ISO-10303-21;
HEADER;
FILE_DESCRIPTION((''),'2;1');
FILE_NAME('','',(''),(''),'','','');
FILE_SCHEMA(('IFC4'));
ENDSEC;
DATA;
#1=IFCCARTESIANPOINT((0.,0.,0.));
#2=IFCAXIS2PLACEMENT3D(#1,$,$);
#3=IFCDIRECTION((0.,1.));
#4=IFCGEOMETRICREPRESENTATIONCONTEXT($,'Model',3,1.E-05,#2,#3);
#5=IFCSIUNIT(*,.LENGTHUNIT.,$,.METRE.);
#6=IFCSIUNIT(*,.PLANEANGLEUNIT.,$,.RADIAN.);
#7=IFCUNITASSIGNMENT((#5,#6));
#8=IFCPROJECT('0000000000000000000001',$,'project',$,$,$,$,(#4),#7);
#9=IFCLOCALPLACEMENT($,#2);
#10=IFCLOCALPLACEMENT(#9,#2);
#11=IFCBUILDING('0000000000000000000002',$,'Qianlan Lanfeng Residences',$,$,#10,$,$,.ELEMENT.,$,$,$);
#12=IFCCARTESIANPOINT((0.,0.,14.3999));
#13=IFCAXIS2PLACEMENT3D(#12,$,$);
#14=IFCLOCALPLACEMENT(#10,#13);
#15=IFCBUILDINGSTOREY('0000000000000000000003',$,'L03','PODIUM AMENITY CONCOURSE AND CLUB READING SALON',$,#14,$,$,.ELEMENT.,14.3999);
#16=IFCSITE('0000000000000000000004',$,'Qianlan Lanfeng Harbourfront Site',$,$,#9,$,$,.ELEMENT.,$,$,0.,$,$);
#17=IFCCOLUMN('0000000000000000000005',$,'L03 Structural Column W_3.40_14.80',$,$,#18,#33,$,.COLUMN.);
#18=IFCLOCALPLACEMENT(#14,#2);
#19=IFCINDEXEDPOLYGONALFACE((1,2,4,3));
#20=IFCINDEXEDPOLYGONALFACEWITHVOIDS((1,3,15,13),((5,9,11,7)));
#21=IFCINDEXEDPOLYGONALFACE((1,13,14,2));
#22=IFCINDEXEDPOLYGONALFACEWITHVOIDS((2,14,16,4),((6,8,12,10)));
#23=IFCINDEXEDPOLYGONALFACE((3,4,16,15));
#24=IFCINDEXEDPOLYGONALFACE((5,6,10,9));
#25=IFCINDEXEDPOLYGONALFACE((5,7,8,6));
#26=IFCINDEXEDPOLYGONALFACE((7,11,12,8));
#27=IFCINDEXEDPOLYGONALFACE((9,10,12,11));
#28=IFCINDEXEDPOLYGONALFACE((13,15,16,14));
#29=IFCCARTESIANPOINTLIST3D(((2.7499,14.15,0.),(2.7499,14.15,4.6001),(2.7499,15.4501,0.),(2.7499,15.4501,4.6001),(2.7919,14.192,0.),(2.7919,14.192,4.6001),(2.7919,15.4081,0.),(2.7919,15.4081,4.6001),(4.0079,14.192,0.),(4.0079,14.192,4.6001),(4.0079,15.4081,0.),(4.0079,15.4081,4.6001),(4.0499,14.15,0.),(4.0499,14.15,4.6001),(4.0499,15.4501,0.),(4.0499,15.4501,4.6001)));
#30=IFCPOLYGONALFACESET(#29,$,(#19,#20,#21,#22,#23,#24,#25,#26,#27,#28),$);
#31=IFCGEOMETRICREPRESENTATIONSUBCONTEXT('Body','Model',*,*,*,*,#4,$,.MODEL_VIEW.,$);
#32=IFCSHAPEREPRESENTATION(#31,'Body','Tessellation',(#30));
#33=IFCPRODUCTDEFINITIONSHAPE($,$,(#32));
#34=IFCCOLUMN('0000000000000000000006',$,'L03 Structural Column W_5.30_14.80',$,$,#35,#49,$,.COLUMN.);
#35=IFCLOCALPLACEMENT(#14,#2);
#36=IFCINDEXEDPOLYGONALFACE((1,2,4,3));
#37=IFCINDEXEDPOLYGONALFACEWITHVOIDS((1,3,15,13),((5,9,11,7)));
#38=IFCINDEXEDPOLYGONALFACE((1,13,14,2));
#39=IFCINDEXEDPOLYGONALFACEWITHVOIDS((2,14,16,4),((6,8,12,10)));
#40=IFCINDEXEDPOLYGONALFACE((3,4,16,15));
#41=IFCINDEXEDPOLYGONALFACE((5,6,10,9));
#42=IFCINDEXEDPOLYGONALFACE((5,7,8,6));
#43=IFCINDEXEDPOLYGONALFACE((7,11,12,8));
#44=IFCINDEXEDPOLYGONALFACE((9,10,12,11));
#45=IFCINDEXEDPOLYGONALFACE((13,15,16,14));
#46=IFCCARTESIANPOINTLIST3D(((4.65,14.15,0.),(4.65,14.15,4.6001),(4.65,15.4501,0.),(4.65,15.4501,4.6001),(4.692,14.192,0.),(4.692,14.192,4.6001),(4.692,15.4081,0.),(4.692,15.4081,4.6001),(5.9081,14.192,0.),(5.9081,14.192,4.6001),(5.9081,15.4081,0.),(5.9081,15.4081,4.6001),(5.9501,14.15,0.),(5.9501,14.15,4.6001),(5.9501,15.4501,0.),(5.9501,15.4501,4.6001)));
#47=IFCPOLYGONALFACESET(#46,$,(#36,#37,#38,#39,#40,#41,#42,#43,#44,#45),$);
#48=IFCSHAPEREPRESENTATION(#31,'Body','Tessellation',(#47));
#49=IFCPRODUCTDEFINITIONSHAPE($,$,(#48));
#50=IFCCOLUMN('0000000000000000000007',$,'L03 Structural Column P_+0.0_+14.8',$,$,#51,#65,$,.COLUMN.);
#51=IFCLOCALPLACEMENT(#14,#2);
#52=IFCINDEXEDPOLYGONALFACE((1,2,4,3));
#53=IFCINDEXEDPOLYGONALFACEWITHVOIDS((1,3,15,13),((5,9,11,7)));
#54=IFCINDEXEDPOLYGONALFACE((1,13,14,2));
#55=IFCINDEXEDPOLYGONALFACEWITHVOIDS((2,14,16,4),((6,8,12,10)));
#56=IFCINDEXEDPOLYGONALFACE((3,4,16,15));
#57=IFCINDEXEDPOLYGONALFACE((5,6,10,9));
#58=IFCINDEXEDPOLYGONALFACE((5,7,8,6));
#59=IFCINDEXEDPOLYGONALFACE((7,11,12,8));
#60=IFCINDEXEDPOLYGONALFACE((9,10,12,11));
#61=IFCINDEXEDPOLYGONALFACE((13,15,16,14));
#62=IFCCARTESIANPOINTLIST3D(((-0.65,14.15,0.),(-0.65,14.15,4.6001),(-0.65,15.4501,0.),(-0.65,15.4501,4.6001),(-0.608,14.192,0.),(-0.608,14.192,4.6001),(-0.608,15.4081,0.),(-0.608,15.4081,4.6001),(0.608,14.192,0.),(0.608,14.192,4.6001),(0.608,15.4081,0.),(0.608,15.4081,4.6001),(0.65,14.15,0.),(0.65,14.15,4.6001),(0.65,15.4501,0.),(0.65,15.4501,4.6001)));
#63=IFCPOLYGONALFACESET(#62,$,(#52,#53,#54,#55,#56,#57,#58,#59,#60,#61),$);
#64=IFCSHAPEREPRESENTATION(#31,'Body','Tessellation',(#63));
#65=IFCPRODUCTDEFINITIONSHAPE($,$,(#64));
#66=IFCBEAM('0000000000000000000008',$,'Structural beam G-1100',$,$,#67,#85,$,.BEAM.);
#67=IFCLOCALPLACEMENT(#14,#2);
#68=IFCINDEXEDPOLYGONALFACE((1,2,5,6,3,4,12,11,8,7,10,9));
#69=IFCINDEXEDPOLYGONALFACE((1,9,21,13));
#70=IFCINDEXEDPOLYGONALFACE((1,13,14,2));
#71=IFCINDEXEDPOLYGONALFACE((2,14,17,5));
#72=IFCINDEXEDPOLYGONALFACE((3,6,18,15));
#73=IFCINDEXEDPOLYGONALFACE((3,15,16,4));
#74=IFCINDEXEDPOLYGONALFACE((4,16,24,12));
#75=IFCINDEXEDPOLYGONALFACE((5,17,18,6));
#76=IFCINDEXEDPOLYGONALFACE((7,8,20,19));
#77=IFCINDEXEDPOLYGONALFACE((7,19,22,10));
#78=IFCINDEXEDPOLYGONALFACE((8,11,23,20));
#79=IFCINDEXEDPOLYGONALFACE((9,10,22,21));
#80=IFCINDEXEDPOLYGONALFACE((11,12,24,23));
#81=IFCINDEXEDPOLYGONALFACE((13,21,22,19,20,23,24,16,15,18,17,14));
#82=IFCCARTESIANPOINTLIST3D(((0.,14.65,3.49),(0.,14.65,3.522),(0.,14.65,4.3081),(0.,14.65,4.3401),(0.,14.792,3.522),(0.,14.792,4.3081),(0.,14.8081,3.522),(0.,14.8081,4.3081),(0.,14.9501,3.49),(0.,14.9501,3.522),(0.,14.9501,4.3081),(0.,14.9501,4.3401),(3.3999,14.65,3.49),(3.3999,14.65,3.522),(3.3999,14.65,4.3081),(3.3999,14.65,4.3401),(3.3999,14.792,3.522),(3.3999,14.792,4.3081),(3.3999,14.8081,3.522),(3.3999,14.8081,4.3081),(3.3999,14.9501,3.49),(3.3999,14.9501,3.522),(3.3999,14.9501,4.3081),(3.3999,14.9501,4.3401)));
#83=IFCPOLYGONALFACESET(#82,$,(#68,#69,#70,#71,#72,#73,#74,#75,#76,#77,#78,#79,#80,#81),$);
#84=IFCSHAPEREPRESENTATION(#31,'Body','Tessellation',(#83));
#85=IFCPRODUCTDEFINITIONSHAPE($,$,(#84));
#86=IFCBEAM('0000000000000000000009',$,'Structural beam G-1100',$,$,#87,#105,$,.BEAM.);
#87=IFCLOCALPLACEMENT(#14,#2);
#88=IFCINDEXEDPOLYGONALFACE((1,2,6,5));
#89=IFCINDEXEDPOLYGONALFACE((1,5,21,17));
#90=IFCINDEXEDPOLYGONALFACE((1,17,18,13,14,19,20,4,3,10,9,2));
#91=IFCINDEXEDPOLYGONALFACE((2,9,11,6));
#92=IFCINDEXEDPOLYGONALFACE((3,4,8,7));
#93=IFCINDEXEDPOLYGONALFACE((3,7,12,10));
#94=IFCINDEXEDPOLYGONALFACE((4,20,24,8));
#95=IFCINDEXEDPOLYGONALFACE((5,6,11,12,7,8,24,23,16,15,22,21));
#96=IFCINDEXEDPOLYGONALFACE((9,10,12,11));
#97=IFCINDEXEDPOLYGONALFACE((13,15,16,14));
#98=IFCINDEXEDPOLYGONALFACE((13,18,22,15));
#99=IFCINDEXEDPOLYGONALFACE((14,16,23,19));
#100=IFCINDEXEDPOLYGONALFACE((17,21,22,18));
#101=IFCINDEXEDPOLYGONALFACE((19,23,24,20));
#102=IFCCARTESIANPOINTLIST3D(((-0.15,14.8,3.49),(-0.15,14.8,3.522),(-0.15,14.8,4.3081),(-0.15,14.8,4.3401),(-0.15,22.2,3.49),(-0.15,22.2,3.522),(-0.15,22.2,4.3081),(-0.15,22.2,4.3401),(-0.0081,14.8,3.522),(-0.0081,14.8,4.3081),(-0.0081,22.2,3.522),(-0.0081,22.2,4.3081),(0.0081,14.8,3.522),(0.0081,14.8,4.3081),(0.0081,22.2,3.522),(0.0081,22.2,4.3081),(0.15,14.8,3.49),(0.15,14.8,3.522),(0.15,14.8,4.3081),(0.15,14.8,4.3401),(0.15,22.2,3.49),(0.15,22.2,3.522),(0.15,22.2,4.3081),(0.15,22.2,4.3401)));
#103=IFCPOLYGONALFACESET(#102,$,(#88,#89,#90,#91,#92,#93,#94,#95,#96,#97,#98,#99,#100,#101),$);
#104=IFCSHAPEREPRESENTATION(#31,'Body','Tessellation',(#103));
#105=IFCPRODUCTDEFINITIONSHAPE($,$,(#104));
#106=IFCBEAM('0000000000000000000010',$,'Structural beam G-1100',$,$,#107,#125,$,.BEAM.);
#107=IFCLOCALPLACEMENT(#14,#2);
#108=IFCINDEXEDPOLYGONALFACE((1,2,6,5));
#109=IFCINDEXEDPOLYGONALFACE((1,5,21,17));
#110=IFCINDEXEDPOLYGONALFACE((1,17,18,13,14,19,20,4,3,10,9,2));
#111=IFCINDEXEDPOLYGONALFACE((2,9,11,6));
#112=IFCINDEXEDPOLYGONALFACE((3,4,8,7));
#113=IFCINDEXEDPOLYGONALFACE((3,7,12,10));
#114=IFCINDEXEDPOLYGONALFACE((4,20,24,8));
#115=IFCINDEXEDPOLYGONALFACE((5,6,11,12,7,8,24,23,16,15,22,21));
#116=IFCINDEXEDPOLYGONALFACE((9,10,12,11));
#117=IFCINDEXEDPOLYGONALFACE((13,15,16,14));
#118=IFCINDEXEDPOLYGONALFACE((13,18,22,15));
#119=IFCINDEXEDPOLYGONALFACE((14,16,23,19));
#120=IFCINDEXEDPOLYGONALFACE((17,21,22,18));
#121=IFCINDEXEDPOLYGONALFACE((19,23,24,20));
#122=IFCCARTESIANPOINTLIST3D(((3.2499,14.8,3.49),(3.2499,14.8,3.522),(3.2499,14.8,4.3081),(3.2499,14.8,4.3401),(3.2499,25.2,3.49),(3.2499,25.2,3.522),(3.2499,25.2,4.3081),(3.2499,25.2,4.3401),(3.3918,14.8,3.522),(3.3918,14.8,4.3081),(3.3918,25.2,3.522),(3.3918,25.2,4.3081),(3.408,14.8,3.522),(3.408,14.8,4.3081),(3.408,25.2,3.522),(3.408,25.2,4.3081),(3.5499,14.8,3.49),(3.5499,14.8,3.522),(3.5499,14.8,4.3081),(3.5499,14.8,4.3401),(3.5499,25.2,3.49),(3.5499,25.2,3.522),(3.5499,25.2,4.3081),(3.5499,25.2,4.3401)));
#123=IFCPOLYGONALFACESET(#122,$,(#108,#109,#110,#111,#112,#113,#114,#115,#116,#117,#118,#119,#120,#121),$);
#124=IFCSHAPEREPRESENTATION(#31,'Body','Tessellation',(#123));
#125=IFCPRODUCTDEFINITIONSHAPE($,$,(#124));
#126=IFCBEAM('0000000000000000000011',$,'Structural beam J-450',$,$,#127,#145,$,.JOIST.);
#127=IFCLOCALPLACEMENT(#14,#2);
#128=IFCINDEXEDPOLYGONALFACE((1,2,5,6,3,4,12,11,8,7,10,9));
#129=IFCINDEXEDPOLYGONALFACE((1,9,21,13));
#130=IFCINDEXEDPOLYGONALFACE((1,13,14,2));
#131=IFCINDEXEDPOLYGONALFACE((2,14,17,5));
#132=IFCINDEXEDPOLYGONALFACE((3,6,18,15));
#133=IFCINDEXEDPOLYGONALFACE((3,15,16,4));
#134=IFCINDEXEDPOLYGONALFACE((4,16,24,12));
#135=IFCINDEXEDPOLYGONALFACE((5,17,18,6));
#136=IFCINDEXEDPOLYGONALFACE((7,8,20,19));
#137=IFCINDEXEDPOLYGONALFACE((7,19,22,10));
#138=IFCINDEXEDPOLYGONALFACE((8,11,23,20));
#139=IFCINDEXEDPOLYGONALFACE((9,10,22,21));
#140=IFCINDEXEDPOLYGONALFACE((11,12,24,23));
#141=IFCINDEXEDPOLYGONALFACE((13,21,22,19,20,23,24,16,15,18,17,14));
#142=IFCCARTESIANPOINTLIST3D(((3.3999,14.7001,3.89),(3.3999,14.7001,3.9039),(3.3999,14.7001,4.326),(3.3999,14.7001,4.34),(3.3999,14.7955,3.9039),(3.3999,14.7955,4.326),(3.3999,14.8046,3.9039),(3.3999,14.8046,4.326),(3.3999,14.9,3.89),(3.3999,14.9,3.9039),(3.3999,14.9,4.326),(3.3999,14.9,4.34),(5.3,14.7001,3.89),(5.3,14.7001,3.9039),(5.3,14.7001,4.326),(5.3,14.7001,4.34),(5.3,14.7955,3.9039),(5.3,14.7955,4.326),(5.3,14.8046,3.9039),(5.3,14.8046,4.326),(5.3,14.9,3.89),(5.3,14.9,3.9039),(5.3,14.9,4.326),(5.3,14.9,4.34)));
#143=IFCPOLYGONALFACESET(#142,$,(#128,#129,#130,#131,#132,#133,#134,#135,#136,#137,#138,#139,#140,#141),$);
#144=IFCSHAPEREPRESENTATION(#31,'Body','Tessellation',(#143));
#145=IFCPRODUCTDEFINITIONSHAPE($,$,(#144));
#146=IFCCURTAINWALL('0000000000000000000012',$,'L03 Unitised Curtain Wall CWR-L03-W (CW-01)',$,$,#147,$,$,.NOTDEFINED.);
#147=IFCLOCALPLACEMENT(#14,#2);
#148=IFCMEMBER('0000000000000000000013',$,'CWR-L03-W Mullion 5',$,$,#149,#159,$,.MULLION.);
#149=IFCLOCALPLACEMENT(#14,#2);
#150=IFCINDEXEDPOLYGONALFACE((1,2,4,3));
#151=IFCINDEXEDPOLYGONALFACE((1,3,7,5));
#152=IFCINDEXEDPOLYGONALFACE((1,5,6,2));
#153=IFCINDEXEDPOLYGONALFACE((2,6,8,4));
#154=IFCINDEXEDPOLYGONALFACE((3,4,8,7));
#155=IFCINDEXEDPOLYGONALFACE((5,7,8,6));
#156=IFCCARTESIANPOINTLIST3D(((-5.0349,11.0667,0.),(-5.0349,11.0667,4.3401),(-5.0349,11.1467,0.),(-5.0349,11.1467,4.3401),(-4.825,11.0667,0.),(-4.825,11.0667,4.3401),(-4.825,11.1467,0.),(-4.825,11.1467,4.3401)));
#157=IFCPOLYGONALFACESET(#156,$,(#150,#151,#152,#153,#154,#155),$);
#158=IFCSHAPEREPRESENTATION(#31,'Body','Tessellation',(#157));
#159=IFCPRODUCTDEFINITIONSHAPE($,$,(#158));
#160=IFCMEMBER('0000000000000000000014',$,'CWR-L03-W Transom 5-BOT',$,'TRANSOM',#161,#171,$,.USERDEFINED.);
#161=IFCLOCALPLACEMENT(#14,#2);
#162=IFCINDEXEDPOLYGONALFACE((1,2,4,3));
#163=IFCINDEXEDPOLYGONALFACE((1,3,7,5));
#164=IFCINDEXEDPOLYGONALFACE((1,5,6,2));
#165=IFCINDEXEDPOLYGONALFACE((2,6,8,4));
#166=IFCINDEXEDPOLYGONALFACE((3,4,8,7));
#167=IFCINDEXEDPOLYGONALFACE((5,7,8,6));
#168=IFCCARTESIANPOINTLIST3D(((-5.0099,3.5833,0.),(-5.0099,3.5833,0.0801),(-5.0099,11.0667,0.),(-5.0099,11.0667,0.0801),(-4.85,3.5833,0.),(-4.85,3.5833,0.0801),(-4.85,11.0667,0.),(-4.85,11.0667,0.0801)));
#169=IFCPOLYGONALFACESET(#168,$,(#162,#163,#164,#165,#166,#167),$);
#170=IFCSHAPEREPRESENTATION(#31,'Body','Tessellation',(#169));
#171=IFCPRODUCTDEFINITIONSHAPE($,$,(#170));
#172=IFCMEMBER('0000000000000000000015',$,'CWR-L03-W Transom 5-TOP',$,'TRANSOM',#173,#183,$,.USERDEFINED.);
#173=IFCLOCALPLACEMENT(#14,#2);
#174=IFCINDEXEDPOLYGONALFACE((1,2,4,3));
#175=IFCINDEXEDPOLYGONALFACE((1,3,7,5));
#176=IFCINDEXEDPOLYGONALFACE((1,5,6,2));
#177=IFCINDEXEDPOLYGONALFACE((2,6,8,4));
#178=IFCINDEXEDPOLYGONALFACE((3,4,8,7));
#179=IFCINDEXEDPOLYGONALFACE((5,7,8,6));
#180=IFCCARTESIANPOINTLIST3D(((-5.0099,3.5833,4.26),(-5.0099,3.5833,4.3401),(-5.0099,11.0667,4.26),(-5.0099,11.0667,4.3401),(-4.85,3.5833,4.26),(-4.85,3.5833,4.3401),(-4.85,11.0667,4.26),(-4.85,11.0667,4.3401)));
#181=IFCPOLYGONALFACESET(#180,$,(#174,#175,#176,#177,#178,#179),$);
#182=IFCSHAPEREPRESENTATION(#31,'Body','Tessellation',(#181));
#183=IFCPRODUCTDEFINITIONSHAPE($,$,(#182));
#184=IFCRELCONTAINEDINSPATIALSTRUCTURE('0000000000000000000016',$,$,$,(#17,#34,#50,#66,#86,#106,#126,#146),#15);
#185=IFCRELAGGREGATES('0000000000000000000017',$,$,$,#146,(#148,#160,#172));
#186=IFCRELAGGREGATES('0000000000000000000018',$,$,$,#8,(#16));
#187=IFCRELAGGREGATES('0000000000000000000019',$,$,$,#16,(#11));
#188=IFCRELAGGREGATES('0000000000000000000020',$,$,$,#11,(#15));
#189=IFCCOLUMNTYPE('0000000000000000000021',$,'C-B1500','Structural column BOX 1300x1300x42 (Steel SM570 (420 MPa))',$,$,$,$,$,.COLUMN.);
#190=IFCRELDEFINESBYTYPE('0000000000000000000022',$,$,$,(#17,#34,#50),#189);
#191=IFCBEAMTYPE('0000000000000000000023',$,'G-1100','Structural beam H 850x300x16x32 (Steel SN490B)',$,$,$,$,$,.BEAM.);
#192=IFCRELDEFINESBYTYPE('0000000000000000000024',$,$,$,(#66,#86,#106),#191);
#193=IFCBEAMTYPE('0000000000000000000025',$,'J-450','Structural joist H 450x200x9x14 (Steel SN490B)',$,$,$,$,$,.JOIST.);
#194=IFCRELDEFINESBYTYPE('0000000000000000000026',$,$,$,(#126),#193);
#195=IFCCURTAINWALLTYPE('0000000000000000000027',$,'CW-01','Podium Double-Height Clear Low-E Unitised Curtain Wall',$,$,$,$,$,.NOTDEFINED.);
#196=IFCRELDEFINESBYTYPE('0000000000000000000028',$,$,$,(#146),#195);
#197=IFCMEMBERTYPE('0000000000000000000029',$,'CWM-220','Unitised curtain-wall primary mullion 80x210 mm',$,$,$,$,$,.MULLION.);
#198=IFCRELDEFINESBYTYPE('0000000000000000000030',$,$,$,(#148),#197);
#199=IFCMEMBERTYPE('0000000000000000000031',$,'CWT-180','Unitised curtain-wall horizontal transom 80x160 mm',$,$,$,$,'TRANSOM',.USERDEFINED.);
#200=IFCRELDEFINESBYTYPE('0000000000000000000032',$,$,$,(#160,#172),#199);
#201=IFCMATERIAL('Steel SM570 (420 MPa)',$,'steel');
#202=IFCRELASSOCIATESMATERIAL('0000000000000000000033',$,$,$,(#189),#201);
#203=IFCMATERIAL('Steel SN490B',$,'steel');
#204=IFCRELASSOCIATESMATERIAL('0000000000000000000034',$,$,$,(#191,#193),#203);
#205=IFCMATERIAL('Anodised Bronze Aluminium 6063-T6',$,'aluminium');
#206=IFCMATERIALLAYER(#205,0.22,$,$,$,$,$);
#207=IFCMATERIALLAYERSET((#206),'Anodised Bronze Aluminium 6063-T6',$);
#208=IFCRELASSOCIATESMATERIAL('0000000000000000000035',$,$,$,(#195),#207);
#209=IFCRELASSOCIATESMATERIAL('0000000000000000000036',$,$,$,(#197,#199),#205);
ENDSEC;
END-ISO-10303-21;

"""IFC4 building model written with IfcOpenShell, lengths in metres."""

from ifc_helpers import new_model, si_unit, direction, frame, origin, origin_2d, place, context, subcontext, project, spatial, rectangle, hollow_rectangle, i_section, extrude, source, transform, mapped, material, layer, layer_set, material_profile, profile_set, type_object, element, aggregate, save


model = new_model("IFC4")

# Units and contexts
model_context = context("Model", 3, precision=1e-05, world=origin(), true_north=direction((0.0, 1.0)))
body_context = subcontext(model_context, "Body", "Model", "MODEL_VIEW")
ifc_project = project(units=[si_unit("LENGTHUNIT", "METRE"), si_unit("PLANEANGLEUNIT", "RADIAN")], contexts=[model_context])

# Site, building, storey
site_placement = place(None, origin())
site = spatial("IfcSite", under=ifc_project, at=site_placement, Name="Qianlan Lanfeng Harbourfront Site", CompositionType="ELEMENT", RefElevation=0.0)
building_placement = place(site_placement, origin())
building = spatial("IfcBuilding", under=site, at=building_placement, Name="Qianlan Lanfeng Residences", CompositionType="ELEMENT")
storey_placement = place(building_placement, frame((0.0, 0.0, 14.3999)))
storey = spatial("IfcBuildingStorey", under=building, at=storey_placement, Name="L03", Description="PODIUM AMENITY CONCOURSE AND CLUB READING SALON", CompositionType="ELEMENT", Elevation=14.3999)

# Columns
ifc_material_1 = material(Name="Steel SM570 (420 MPa)", Category="steel")
ifc_material_profile_1 = material_profile(ifc_material_1, hollow_rectangle(XDim=1.3, YDim=1.3, WallThickness=0.042, at=origin_2d()), Name="BOX 1300x1300x42")
ifc_profile_set_1 = profile_set([ifc_material_profile_1], Name="Steel SM570 (420 MPa)")
column_type = type_object("IfcColumnType", Name="C-B1500", Description="Structural column BOX 1300x1300x42 (Steel SM570 (420 MPa))", PredefinedType="COLUMN", material=ifc_profile_set_1)
for number, where, z_axis, x_axis, name in (
    (1, (3.3999, 14.8, 0.0), (0.0, 0.0, 1.0), (1.0, 0.0, 0.0), "L03 Structural Column W_3.40_14.80"),
    (2, (5.3, 14.8, 0.0), (0.0, 0.0, 1.0), (1.0, 0.0, 0.0), "L03 Structural Column W_5.30_14.80"),
    (3, (0.0, 14.8, 0.0), (0.0, 0.0, 1.0), (1.0, 0.0, 0.0), "L03 Structural Column P_+0.0_+14.8"),
):
    element("IfcColumn", number, at=place(storey_placement, frame(where, z_axis=z_axis, x_axis=x_axis)), inside=storey, type_object=column_type, Name=name, PredefinedType="COLUMN", context=body_context, shape_type="SweptSolid", body=[
        extrude(hollow_rectangle(XDim=1.3, YDim=1.3, WallThickness=0.042, at=origin_2d()), origin(), (0.0, 0.0, 1.0), 4.6001),
    ])

# Beams
ifc_material_2 = material(Name="Steel SN490B", Category="steel")
ifc_material_profile_2 = material_profile(ifc_material_2, i_section(OverallWidth=0.3, OverallDepth=0.8501, WebThickness=0.0161, FlangeThickness=0.032, at=origin_2d()), Name="H 850x300x16x32")
ifc_profile_set_2 = profile_set([ifc_material_profile_2], Name="Steel SN490B")
beam_type_1 = type_object("IfcBeamType", Name="G-1100", Description="Structural beam H 850x300x16x32 (Steel SN490B)", PredefinedType="BEAM", material=ifc_profile_set_2)
beam_1_placement = place(storey_placement, frame((0.0, 14.8, 3.915), z_axis=(1.0, 0.0, 0.0), x_axis=(0.0, 1.0, 0.0)))
element("IfcBeam", 4, at=beam_1_placement, inside=storey, type_object=beam_type_1, Name="Structural beam G-1100", PredefinedType="BEAM", context=body_context, shape_type="SweptSolid", body=[
    extrude(i_section(OverallWidth=0.3, OverallDepth=0.8501, WebThickness=0.0161, FlangeThickness=0.032, at=origin_2d()), origin(), (0.0, 0.0, 1.0), 3.3999),
])
beam_2_placement = place(storey_placement, frame((0.0, 14.8, 3.915), z_axis=(0.0, 1.0, 0.0), x_axis=(-1.0, 0.0, 0.0)))
element("IfcBeam", 5, at=beam_2_placement, inside=storey, type_object=beam_type_1, Name="Structural beam G-1100", PredefinedType="BEAM", context=body_context, shape_type="SweptSolid", body=[
    extrude(i_section(OverallWidth=0.3, OverallDepth=0.8501, WebThickness=0.0161, FlangeThickness=0.032, at=origin_2d()), origin(), (0.0, 0.0, 1.0), 7.3999),
])
beam_3_placement = place(storey_placement, frame((3.3999, 14.8, 3.915), z_axis=(0.0, 1.0, 0.0), x_axis=(-1.0, 0.0, 0.0)))
element("IfcBeam", 6, at=beam_3_placement, inside=storey, type_object=beam_type_1, Name="Structural beam G-1100", PredefinedType="BEAM", context=body_context, shape_type="SweptSolid", body=[
    extrude(i_section(OverallWidth=0.3, OverallDepth=0.8501, WebThickness=0.0161, FlangeThickness=0.032, at=origin_2d()), origin(), (0.0, 0.0, 1.0), 10.3999),
])
ifc_material_profile_3 = material_profile(ifc_material_2, i_section(OverallWidth=0.2, OverallDepth=0.45, WebThickness=0.009, FlangeThickness=0.0139, at=origin_2d()), Name="H 450x200x9x14")
ifc_profile_set_3 = profile_set([ifc_material_profile_3], Name="Steel SN490B")
beam_type_2 = type_object("IfcBeamType", Name="J-450", Description="Structural joist H 450x200x9x14 (Steel SN490B)", PredefinedType="JOIST", material=ifc_profile_set_3)
beam_4_placement = place(storey_placement, frame((3.3999, 14.8, 4.115), z_axis=(1.0, 0.0, 0.0), x_axis=(0.0, 1.0, 0.0)))
element("IfcBeam", 7, at=beam_4_placement, inside=storey, type_object=beam_type_2, Name="Structural beam J-450", PredefinedType="JOIST", context=body_context, shape_type="SweptSolid", body=[
    extrude(i_section(OverallWidth=0.2, OverallDepth=0.45, WebThickness=0.009, FlangeThickness=0.0139, at=origin_2d()), origin(), (0.0, 0.0, 1.0), 1.9001),
])

# Curtain wall, members
ifc_material_3 = material(Name="Anodised Bronze Aluminium 6063-T6", Category="aluminium")
ifc_layer_1 = layer(ifc_material_3, 0.22)
ifc_layer_set_1 = layer_set([ifc_layer_1], Name="Anodised Bronze Aluminium 6063-T6")
curtain_wall_type = type_object("IfcCurtainWallType", Name="CW-01", Description="Podium Double-Height Clear Low-E Unitised Curtain Wall", PredefinedType="NOTDEFINED", material=ifc_layer_set_1)
curtain_wall_placement = place(storey_placement, origin())
curtain_wall = element("IfcCurtainWall", 8, at=curtain_wall_placement, inside=storey, type_object=curtain_wall_type, Name="L03 Unitised Curtain Wall CWR-L03-W (CW-01)", PredefinedType="NOTDEFINED")
ifc_material_profile_4 = material_profile(ifc_material_3, rectangle(XDim=0.0801, YDim=0.21, at=origin_2d()), Name="ALU MULLION 80x210")
ifc_profile_set_4 = profile_set([ifc_material_profile_4], Name="Anodised Bronze Aluminium 6063-T6")
member_type_1 = type_object("IfcMemberType", Name="CWM-220", Description="Unitised curtain-wall primary mullion 80x210 mm", PredefinedType="MULLION", material=ifc_profile_set_4)
shared_shape_1 = source(origin(), body_context, "Body", "SweptSolid", [
    extrude(rectangle(XDim=0.0801, YDim=0.21, at=origin_2d()), origin(), (0.0, 0.0, 1.0), 4.3401),
])
member_1_placement = place(storey_placement, frame((-4.9299, 11.1067, 0.0), z_axis=(0.0, 0.0, 1.0), x_axis=(0.0, -1.0, 0.0)))
member_1 = element("IfcMember", 9, at=member_1_placement, type_object=member_type_1, Name="CWR-L03-W Mullion 5", PredefinedType="MULLION", context=body_context, shape_type="MappedRepresentation", body=[
    mapped(shared_shape_1, transform((0.0, 0.0, 0.0), scale=1.0)),
])
ifc_material_profile_5 = material_profile(ifc_material_3, rectangle(XDim=0.0801, YDim=0.1599, at=origin_2d()), Name="ALU TRANSOM 80x160")
ifc_profile_set_5 = profile_set([ifc_material_profile_5], Name="Anodised Bronze Aluminium 6063-T6")
member_type_2 = type_object("IfcMemberType", Name="CWT-180", Description="Unitised curtain-wall horizontal transom 80x160 mm", ElementType="TRANSOM", PredefinedType="USERDEFINED", material=ifc_profile_set_5)
shared_shape_2 = source(origin(), body_context, "Body", "SweptSolid", [
    extrude(rectangle(XDim=0.0801, YDim=0.1599, at=origin_2d()), origin(), (0.0, 0.0, 1.0), 7.4834),
])
member_2_placement = place(storey_placement, frame((-4.9299, 11.0667, 0.04), z_axis=(0.0, -1.0, 0.0), x_axis=(0.0, 0.0, 1.0)))
member_2 = element("IfcMember", 10, at=member_2_placement, type_object=member_type_2, Name="CWR-L03-W Transom 5-BOT", ObjectType="TRANSOM", PredefinedType="USERDEFINED", context=body_context, shape_type="MappedRepresentation", body=[
    mapped(shared_shape_2, transform((0.0, 0.0, 0.0), scale=1.0)),
])
member_3_placement = place(storey_placement, frame((-4.9299, 11.0667, 4.3), z_axis=(0.0, -1.0, 0.0), x_axis=(0.0, 0.0, 1.0)))
member_3 = element("IfcMember", 11, at=member_3_placement, type_object=member_type_2, Name="CWR-L03-W Transom 5-TOP", ObjectType="TRANSOM", PredefinedType="USERDEFINED", context=body_context, shape_type="MappedRepresentation", body=[
    mapped(shared_shape_2, transform((0.0, 0.0, 0.0), scale=1.0)),
])
aggregate(curtain_wall, [member_1, member_2, member_3])

save(model, "model.ifc")
